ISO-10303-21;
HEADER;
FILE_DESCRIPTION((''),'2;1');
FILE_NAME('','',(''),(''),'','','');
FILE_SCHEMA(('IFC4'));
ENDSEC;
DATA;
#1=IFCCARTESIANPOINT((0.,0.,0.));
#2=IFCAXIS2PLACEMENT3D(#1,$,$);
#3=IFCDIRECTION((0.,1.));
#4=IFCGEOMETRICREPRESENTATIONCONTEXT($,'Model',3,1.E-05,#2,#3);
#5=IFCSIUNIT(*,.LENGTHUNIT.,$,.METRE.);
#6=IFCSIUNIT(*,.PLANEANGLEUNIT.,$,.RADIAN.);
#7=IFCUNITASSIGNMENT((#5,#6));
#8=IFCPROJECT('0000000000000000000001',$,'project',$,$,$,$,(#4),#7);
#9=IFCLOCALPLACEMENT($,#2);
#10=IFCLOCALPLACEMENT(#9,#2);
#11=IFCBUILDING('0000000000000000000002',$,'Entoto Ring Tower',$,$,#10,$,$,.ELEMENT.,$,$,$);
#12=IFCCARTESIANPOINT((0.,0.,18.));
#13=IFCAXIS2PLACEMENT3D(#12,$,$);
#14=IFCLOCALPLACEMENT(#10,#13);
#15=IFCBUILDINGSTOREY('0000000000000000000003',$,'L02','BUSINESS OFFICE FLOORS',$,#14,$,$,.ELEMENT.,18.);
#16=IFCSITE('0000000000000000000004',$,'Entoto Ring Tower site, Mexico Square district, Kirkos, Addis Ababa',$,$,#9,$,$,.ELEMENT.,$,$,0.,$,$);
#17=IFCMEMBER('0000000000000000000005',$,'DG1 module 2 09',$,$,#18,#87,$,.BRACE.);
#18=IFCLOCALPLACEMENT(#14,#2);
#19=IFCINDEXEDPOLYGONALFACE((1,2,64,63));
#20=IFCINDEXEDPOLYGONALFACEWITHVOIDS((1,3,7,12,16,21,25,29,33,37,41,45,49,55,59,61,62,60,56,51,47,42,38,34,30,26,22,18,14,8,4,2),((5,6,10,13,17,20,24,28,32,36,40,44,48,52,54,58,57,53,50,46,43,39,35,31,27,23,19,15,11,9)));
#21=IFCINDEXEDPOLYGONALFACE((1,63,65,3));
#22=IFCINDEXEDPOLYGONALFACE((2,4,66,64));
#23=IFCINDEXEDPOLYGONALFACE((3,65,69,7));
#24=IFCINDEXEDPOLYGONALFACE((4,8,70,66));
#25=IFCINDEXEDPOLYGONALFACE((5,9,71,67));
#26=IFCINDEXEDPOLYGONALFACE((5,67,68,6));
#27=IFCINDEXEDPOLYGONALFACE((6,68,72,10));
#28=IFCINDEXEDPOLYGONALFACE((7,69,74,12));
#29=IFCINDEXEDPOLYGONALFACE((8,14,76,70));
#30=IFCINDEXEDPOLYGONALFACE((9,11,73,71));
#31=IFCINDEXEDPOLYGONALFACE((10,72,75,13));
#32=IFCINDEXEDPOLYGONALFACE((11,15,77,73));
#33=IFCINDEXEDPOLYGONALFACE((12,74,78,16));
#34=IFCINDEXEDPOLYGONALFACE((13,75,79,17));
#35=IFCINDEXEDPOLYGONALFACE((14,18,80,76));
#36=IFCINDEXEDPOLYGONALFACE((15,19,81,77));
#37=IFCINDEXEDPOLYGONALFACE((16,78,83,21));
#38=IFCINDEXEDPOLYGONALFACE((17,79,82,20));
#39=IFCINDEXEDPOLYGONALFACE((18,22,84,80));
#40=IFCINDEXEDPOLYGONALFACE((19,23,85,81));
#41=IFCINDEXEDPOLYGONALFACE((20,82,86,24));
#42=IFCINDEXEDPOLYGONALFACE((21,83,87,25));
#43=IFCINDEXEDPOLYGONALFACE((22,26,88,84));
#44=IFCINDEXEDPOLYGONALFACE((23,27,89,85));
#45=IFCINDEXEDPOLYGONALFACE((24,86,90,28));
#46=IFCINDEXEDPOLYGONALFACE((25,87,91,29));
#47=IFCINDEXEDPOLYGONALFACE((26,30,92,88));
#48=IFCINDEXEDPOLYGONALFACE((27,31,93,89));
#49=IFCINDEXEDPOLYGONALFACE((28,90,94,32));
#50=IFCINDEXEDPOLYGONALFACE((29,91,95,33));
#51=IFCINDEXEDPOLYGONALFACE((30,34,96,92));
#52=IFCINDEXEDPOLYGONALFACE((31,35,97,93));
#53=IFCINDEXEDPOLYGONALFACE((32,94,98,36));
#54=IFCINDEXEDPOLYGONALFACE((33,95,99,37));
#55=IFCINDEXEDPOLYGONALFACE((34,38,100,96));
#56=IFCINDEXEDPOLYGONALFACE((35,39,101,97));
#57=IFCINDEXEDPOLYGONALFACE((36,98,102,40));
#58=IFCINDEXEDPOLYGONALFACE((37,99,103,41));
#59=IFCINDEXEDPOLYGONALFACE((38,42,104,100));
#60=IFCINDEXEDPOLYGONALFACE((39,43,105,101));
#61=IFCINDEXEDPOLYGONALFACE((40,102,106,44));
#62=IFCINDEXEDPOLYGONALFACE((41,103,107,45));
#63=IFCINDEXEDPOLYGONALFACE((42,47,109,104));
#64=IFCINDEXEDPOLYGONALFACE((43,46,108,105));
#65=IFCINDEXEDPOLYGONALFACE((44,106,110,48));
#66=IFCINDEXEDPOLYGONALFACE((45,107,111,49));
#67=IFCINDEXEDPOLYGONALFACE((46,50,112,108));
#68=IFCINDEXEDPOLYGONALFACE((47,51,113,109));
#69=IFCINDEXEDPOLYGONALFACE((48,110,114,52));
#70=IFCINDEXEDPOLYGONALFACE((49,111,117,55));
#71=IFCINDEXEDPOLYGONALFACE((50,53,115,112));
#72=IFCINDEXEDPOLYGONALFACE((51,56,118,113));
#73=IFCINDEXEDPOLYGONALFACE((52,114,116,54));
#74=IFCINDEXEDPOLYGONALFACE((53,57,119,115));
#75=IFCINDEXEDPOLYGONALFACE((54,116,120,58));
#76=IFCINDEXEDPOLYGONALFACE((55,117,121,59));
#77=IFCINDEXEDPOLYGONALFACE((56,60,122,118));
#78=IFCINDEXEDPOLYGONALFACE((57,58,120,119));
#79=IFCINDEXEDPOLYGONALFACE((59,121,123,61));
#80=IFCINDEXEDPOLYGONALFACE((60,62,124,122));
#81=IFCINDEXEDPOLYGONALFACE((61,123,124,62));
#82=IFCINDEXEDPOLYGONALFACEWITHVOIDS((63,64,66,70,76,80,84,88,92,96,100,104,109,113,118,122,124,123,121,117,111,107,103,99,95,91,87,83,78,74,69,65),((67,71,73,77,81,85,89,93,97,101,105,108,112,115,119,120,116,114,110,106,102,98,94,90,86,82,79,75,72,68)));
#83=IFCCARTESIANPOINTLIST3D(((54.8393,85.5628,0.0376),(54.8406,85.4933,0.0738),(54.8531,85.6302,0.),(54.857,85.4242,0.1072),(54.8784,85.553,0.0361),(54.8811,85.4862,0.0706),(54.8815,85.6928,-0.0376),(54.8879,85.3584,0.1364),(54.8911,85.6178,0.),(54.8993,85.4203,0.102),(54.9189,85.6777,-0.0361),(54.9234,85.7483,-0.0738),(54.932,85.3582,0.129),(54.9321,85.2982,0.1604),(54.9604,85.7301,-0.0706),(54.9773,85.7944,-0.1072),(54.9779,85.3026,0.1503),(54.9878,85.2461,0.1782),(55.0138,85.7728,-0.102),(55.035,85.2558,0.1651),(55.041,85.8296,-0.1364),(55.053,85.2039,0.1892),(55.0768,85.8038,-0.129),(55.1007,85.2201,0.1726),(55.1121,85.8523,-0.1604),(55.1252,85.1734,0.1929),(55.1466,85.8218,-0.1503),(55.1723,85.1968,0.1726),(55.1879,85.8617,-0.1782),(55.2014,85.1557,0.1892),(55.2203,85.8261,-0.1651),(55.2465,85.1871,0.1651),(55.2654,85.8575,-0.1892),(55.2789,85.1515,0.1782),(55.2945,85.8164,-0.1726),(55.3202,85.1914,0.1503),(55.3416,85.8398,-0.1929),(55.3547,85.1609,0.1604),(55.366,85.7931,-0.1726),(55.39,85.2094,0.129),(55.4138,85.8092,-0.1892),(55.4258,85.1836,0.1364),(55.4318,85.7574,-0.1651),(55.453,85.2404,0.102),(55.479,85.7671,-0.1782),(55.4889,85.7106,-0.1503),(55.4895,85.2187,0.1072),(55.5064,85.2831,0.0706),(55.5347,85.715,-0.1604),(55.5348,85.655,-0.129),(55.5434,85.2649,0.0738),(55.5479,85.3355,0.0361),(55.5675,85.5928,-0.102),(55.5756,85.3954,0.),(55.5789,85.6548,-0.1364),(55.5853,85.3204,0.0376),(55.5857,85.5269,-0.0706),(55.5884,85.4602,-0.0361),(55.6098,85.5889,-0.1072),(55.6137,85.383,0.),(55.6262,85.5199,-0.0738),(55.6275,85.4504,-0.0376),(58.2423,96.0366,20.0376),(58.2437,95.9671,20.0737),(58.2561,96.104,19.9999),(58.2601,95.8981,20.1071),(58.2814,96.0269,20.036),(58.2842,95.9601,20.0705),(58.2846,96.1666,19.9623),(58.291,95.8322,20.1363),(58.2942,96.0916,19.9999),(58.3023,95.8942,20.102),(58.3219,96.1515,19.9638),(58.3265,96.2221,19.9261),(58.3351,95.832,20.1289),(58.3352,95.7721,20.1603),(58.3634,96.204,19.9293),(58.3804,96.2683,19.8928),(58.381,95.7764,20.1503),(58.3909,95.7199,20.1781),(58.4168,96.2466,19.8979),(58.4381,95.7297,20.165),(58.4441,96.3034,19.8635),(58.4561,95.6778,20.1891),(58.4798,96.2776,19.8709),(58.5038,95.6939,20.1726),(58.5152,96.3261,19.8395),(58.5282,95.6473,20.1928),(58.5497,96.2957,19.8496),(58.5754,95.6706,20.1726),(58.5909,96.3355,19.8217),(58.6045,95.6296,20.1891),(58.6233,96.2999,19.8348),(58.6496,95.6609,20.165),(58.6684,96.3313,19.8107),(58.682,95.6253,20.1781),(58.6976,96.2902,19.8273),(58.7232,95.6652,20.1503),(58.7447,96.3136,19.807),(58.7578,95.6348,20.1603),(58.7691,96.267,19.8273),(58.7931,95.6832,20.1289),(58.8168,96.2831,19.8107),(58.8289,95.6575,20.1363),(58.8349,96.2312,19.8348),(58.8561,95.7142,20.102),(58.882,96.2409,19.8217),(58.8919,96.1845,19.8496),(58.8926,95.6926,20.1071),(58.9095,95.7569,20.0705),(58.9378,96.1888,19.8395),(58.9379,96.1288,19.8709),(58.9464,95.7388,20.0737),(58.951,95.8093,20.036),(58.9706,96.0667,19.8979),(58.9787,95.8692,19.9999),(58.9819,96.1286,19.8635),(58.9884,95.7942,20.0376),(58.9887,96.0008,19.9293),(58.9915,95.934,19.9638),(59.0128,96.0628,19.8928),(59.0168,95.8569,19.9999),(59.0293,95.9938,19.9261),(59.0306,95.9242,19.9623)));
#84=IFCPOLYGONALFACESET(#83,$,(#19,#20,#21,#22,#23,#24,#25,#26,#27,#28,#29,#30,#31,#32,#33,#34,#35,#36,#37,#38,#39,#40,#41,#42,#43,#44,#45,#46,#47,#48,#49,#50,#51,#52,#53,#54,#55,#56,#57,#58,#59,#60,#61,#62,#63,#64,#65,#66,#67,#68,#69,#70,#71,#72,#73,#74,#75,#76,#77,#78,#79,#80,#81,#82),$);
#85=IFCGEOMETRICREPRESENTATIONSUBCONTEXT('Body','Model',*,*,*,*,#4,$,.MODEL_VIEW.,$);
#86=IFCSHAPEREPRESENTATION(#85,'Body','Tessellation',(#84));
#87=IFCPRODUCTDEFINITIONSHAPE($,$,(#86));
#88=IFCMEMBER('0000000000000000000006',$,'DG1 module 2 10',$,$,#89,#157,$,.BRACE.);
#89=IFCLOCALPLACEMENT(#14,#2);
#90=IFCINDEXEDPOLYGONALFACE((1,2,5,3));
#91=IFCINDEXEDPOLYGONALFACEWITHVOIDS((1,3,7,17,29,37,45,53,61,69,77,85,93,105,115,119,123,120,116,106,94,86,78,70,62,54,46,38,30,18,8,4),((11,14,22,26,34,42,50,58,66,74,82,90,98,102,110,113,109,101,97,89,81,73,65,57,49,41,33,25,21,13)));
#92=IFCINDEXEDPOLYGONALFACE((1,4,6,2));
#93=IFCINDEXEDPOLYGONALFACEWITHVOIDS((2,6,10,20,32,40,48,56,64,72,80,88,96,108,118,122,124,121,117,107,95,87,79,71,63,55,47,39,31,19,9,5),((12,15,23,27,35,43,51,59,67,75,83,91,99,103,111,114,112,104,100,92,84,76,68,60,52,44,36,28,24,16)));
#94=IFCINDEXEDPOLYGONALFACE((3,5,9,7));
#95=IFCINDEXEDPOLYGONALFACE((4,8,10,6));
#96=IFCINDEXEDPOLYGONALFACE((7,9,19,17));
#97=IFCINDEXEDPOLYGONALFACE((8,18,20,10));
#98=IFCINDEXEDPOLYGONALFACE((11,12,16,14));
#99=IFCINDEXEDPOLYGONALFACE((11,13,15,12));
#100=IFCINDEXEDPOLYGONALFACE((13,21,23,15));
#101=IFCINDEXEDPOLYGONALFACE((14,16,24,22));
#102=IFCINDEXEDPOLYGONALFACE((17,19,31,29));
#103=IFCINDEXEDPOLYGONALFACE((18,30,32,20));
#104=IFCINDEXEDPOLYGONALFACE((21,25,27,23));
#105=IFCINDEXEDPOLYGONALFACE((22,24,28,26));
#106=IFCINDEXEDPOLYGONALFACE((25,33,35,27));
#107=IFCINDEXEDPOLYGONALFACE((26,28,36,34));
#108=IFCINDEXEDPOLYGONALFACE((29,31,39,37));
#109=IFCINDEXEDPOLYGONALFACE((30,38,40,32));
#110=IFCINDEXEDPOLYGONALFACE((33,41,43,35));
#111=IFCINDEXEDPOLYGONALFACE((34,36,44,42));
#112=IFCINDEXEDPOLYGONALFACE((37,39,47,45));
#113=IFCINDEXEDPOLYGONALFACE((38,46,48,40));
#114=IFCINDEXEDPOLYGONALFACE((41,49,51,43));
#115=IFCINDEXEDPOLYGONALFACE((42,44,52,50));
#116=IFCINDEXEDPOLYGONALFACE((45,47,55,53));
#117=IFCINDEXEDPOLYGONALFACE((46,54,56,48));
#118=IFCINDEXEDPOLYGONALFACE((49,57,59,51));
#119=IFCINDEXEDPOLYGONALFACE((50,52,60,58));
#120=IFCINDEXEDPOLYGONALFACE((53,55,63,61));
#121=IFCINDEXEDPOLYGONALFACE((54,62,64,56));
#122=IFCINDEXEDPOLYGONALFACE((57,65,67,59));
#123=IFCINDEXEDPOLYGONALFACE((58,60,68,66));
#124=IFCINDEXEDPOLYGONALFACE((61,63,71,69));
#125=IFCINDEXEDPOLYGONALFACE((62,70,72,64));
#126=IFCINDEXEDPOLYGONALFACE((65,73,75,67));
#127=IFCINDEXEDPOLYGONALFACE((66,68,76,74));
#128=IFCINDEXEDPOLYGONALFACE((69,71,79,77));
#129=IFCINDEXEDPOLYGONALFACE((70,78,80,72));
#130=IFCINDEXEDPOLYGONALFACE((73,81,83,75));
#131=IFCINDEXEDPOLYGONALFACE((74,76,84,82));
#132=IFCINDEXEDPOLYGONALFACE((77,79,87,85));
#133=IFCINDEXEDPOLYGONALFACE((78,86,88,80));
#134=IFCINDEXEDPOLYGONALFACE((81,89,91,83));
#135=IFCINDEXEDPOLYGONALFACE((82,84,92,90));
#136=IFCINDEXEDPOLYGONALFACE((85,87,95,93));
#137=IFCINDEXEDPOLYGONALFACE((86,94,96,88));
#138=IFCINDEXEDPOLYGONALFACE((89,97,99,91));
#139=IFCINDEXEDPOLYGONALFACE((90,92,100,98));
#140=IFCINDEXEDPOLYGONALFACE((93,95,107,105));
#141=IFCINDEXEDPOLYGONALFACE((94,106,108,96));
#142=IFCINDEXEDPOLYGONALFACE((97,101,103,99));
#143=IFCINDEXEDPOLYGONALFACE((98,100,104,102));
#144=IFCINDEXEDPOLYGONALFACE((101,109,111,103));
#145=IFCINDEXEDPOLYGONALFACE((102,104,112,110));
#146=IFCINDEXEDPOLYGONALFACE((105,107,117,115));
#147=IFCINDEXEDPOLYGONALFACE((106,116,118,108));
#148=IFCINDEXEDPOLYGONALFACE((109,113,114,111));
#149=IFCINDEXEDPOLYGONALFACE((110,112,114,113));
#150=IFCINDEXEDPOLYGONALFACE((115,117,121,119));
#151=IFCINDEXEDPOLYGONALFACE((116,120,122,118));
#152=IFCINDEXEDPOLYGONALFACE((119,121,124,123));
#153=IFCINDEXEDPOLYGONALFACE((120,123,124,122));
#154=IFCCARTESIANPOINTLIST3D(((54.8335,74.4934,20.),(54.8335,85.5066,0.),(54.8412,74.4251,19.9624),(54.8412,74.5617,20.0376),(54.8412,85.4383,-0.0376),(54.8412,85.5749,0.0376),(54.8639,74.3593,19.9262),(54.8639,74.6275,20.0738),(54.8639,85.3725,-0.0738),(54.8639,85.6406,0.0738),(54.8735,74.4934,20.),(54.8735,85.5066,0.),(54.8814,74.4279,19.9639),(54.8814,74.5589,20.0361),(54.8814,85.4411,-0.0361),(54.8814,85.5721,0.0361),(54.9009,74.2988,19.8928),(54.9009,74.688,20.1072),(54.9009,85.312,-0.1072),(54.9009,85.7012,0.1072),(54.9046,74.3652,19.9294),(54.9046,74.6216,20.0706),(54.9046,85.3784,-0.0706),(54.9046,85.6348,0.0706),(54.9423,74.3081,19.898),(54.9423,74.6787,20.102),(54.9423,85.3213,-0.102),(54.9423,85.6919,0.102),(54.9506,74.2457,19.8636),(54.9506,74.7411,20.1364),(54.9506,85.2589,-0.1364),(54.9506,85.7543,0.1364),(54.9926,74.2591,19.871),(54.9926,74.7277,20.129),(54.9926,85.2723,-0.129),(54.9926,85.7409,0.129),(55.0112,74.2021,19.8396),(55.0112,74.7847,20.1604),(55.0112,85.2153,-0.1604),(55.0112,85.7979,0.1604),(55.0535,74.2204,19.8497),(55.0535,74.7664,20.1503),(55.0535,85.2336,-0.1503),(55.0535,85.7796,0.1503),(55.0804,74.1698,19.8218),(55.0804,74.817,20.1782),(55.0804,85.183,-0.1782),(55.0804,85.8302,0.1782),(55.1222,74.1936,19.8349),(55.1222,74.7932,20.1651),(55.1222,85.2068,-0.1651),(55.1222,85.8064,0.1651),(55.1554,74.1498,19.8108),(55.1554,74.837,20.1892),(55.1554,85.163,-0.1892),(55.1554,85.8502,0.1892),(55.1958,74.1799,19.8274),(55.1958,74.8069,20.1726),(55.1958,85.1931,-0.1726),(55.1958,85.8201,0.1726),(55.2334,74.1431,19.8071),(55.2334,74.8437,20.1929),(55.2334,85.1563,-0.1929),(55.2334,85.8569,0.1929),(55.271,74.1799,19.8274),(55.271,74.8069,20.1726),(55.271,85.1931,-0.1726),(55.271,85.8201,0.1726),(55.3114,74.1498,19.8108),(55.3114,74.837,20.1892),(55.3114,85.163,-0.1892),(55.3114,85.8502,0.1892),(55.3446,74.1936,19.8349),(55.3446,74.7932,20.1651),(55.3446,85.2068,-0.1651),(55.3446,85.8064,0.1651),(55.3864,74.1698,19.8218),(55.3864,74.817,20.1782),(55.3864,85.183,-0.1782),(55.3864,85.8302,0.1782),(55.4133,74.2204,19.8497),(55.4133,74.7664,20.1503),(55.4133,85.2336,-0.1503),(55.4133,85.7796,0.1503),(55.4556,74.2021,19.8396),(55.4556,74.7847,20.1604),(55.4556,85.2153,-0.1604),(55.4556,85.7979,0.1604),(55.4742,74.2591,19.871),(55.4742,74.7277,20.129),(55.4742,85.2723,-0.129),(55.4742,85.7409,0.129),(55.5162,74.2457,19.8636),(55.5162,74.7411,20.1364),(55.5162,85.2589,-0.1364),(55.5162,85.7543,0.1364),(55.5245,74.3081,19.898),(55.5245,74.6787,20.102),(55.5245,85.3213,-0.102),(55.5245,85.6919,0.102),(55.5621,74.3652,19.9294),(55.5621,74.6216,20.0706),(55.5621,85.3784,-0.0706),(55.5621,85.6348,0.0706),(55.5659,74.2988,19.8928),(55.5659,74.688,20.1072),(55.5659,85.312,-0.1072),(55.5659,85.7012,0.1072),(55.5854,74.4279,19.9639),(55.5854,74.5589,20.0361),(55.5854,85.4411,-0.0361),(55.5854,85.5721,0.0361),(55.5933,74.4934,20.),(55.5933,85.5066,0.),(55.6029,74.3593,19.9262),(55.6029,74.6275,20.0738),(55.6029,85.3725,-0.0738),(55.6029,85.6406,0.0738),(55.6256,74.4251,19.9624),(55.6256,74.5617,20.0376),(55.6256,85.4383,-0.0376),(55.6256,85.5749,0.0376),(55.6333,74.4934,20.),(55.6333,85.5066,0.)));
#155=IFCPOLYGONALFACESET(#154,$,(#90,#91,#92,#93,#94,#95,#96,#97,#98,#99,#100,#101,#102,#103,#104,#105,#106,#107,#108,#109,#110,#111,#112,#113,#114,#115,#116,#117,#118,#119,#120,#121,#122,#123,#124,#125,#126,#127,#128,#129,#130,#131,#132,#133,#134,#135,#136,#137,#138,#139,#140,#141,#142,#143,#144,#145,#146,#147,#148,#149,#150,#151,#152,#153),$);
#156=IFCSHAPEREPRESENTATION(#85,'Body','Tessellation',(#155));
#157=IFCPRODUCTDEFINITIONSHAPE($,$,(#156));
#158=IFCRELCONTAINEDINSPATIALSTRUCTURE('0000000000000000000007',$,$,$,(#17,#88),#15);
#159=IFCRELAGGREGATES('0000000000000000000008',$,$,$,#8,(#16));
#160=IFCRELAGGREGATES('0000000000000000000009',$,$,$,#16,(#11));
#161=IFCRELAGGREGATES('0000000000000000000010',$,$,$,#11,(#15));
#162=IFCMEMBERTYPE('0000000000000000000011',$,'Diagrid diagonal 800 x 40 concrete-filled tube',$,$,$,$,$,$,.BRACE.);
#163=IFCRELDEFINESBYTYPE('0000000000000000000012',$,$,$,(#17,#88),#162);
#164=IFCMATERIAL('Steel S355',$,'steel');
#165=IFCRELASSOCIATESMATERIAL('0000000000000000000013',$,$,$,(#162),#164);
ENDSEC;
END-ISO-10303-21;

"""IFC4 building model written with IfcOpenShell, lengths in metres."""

from ifc_helpers import new_model, si_unit, direction, frame, origin, origin_2d, place, context, subcontext, project, spatial, circle, hollow_circle, extrude, material, material_profile, profile_set, type_object, element, save


model = new_model("IFC4")

# Units and contexts
model_context = context("Model", 3, precision=1e-05, world=origin(), true_north=direction((0.0, 1.0)))
body_context = subcontext(model_context, "Body", "Model", "MODEL_VIEW")
ifc_project = project(units=[si_unit("LENGTHUNIT", "METRE"), si_unit("PLANEANGLEUNIT", "RADIAN")], contexts=[model_context])

# Site, building, storey
site_placement = place(None, origin())
site = spatial("IfcSite", under=ifc_project, at=site_placement, Name="Entoto Ring Tower site, Mexico Square district, Kirkos, Addis Ababa", CompositionType="ELEMENT", RefElevation=0.0)
building_placement = place(site_placement, origin())
building = spatial("IfcBuilding", under=site, at=building_placement, Name="Entoto Ring Tower", CompositionType="ELEMENT")
storey_placement = place(building_placement, frame((0.0, 0.0, 18.0)))
storey = spatial("IfcBuildingStorey", under=building, at=storey_placement, Name="L02", Description="BUSINESS OFFICE FLOORS", CompositionType="ELEMENT", Elevation=18.0)

# Members
ifc_material_1 = material(Name="Steel S355", Category="steel")
ifc_material_profile_1 = material_profile(ifc_material_1, hollow_circle(Radius=0.3999, WallThickness=0.04, at=origin_2d()), Name="CHS 800 x 40")
ifc_material_2 = material(Name="Concrete C60/75", Category="concrete")
ifc_material_profile_2 = material_profile(ifc_material_2, circle(Radius=0.3601, at=origin_2d()), Name="Concrete C60/75 infill")
ifc_profile_set_1 = profile_set([ifc_material_profile_1, ifc_material_profile_2], Name="Steel S355")
member_type_1 = type_object("IfcMemberType", Name="Diagrid diagonal 800 x 40 concrete-filled tube", PredefinedType="BRACE", material=ifc_profile_set_1)
member_1_placement = place(storey_placement, frame((55.2334, 85.5066, 0.0), z_axis=(0.149051, 0.458744, 0.875978), x_axis=(-0.951059, 0.309009, 0.0)))
element("IfcMember", 1, at=member_1_placement, inside=storey, type_object=member_type_1, Name="DG1 module 2 09", PredefinedType="BRACE", context=body_context, shape_type="SweptSolid", body=[
    extrude(hollow_circle(Radius=0.3999, WallThickness=0.04, at=origin_2d()), origin(), (0.0, 0.0, 1.0), 22.8315),
])
member_2_placement = place(storey_placement, frame((55.2334, 85.5066, 0.0), z_axis=(0.0, -0.482362, 0.875972), x_axis=(1.0, 0.0, 0.0)))
element("IfcMember", 2, at=member_2_placement, inside=storey, type_object=member_type_1, Name="DG1 module 2 10", PredefinedType="BRACE", context=body_context, shape_type="SweptSolid", body=[
    extrude(hollow_circle(Radius=0.3999, WallThickness=0.04, at=origin_2d()), origin(), (0.0, 0.0, 1.0), 22.8318),
])

save(model, "model.ifc")
